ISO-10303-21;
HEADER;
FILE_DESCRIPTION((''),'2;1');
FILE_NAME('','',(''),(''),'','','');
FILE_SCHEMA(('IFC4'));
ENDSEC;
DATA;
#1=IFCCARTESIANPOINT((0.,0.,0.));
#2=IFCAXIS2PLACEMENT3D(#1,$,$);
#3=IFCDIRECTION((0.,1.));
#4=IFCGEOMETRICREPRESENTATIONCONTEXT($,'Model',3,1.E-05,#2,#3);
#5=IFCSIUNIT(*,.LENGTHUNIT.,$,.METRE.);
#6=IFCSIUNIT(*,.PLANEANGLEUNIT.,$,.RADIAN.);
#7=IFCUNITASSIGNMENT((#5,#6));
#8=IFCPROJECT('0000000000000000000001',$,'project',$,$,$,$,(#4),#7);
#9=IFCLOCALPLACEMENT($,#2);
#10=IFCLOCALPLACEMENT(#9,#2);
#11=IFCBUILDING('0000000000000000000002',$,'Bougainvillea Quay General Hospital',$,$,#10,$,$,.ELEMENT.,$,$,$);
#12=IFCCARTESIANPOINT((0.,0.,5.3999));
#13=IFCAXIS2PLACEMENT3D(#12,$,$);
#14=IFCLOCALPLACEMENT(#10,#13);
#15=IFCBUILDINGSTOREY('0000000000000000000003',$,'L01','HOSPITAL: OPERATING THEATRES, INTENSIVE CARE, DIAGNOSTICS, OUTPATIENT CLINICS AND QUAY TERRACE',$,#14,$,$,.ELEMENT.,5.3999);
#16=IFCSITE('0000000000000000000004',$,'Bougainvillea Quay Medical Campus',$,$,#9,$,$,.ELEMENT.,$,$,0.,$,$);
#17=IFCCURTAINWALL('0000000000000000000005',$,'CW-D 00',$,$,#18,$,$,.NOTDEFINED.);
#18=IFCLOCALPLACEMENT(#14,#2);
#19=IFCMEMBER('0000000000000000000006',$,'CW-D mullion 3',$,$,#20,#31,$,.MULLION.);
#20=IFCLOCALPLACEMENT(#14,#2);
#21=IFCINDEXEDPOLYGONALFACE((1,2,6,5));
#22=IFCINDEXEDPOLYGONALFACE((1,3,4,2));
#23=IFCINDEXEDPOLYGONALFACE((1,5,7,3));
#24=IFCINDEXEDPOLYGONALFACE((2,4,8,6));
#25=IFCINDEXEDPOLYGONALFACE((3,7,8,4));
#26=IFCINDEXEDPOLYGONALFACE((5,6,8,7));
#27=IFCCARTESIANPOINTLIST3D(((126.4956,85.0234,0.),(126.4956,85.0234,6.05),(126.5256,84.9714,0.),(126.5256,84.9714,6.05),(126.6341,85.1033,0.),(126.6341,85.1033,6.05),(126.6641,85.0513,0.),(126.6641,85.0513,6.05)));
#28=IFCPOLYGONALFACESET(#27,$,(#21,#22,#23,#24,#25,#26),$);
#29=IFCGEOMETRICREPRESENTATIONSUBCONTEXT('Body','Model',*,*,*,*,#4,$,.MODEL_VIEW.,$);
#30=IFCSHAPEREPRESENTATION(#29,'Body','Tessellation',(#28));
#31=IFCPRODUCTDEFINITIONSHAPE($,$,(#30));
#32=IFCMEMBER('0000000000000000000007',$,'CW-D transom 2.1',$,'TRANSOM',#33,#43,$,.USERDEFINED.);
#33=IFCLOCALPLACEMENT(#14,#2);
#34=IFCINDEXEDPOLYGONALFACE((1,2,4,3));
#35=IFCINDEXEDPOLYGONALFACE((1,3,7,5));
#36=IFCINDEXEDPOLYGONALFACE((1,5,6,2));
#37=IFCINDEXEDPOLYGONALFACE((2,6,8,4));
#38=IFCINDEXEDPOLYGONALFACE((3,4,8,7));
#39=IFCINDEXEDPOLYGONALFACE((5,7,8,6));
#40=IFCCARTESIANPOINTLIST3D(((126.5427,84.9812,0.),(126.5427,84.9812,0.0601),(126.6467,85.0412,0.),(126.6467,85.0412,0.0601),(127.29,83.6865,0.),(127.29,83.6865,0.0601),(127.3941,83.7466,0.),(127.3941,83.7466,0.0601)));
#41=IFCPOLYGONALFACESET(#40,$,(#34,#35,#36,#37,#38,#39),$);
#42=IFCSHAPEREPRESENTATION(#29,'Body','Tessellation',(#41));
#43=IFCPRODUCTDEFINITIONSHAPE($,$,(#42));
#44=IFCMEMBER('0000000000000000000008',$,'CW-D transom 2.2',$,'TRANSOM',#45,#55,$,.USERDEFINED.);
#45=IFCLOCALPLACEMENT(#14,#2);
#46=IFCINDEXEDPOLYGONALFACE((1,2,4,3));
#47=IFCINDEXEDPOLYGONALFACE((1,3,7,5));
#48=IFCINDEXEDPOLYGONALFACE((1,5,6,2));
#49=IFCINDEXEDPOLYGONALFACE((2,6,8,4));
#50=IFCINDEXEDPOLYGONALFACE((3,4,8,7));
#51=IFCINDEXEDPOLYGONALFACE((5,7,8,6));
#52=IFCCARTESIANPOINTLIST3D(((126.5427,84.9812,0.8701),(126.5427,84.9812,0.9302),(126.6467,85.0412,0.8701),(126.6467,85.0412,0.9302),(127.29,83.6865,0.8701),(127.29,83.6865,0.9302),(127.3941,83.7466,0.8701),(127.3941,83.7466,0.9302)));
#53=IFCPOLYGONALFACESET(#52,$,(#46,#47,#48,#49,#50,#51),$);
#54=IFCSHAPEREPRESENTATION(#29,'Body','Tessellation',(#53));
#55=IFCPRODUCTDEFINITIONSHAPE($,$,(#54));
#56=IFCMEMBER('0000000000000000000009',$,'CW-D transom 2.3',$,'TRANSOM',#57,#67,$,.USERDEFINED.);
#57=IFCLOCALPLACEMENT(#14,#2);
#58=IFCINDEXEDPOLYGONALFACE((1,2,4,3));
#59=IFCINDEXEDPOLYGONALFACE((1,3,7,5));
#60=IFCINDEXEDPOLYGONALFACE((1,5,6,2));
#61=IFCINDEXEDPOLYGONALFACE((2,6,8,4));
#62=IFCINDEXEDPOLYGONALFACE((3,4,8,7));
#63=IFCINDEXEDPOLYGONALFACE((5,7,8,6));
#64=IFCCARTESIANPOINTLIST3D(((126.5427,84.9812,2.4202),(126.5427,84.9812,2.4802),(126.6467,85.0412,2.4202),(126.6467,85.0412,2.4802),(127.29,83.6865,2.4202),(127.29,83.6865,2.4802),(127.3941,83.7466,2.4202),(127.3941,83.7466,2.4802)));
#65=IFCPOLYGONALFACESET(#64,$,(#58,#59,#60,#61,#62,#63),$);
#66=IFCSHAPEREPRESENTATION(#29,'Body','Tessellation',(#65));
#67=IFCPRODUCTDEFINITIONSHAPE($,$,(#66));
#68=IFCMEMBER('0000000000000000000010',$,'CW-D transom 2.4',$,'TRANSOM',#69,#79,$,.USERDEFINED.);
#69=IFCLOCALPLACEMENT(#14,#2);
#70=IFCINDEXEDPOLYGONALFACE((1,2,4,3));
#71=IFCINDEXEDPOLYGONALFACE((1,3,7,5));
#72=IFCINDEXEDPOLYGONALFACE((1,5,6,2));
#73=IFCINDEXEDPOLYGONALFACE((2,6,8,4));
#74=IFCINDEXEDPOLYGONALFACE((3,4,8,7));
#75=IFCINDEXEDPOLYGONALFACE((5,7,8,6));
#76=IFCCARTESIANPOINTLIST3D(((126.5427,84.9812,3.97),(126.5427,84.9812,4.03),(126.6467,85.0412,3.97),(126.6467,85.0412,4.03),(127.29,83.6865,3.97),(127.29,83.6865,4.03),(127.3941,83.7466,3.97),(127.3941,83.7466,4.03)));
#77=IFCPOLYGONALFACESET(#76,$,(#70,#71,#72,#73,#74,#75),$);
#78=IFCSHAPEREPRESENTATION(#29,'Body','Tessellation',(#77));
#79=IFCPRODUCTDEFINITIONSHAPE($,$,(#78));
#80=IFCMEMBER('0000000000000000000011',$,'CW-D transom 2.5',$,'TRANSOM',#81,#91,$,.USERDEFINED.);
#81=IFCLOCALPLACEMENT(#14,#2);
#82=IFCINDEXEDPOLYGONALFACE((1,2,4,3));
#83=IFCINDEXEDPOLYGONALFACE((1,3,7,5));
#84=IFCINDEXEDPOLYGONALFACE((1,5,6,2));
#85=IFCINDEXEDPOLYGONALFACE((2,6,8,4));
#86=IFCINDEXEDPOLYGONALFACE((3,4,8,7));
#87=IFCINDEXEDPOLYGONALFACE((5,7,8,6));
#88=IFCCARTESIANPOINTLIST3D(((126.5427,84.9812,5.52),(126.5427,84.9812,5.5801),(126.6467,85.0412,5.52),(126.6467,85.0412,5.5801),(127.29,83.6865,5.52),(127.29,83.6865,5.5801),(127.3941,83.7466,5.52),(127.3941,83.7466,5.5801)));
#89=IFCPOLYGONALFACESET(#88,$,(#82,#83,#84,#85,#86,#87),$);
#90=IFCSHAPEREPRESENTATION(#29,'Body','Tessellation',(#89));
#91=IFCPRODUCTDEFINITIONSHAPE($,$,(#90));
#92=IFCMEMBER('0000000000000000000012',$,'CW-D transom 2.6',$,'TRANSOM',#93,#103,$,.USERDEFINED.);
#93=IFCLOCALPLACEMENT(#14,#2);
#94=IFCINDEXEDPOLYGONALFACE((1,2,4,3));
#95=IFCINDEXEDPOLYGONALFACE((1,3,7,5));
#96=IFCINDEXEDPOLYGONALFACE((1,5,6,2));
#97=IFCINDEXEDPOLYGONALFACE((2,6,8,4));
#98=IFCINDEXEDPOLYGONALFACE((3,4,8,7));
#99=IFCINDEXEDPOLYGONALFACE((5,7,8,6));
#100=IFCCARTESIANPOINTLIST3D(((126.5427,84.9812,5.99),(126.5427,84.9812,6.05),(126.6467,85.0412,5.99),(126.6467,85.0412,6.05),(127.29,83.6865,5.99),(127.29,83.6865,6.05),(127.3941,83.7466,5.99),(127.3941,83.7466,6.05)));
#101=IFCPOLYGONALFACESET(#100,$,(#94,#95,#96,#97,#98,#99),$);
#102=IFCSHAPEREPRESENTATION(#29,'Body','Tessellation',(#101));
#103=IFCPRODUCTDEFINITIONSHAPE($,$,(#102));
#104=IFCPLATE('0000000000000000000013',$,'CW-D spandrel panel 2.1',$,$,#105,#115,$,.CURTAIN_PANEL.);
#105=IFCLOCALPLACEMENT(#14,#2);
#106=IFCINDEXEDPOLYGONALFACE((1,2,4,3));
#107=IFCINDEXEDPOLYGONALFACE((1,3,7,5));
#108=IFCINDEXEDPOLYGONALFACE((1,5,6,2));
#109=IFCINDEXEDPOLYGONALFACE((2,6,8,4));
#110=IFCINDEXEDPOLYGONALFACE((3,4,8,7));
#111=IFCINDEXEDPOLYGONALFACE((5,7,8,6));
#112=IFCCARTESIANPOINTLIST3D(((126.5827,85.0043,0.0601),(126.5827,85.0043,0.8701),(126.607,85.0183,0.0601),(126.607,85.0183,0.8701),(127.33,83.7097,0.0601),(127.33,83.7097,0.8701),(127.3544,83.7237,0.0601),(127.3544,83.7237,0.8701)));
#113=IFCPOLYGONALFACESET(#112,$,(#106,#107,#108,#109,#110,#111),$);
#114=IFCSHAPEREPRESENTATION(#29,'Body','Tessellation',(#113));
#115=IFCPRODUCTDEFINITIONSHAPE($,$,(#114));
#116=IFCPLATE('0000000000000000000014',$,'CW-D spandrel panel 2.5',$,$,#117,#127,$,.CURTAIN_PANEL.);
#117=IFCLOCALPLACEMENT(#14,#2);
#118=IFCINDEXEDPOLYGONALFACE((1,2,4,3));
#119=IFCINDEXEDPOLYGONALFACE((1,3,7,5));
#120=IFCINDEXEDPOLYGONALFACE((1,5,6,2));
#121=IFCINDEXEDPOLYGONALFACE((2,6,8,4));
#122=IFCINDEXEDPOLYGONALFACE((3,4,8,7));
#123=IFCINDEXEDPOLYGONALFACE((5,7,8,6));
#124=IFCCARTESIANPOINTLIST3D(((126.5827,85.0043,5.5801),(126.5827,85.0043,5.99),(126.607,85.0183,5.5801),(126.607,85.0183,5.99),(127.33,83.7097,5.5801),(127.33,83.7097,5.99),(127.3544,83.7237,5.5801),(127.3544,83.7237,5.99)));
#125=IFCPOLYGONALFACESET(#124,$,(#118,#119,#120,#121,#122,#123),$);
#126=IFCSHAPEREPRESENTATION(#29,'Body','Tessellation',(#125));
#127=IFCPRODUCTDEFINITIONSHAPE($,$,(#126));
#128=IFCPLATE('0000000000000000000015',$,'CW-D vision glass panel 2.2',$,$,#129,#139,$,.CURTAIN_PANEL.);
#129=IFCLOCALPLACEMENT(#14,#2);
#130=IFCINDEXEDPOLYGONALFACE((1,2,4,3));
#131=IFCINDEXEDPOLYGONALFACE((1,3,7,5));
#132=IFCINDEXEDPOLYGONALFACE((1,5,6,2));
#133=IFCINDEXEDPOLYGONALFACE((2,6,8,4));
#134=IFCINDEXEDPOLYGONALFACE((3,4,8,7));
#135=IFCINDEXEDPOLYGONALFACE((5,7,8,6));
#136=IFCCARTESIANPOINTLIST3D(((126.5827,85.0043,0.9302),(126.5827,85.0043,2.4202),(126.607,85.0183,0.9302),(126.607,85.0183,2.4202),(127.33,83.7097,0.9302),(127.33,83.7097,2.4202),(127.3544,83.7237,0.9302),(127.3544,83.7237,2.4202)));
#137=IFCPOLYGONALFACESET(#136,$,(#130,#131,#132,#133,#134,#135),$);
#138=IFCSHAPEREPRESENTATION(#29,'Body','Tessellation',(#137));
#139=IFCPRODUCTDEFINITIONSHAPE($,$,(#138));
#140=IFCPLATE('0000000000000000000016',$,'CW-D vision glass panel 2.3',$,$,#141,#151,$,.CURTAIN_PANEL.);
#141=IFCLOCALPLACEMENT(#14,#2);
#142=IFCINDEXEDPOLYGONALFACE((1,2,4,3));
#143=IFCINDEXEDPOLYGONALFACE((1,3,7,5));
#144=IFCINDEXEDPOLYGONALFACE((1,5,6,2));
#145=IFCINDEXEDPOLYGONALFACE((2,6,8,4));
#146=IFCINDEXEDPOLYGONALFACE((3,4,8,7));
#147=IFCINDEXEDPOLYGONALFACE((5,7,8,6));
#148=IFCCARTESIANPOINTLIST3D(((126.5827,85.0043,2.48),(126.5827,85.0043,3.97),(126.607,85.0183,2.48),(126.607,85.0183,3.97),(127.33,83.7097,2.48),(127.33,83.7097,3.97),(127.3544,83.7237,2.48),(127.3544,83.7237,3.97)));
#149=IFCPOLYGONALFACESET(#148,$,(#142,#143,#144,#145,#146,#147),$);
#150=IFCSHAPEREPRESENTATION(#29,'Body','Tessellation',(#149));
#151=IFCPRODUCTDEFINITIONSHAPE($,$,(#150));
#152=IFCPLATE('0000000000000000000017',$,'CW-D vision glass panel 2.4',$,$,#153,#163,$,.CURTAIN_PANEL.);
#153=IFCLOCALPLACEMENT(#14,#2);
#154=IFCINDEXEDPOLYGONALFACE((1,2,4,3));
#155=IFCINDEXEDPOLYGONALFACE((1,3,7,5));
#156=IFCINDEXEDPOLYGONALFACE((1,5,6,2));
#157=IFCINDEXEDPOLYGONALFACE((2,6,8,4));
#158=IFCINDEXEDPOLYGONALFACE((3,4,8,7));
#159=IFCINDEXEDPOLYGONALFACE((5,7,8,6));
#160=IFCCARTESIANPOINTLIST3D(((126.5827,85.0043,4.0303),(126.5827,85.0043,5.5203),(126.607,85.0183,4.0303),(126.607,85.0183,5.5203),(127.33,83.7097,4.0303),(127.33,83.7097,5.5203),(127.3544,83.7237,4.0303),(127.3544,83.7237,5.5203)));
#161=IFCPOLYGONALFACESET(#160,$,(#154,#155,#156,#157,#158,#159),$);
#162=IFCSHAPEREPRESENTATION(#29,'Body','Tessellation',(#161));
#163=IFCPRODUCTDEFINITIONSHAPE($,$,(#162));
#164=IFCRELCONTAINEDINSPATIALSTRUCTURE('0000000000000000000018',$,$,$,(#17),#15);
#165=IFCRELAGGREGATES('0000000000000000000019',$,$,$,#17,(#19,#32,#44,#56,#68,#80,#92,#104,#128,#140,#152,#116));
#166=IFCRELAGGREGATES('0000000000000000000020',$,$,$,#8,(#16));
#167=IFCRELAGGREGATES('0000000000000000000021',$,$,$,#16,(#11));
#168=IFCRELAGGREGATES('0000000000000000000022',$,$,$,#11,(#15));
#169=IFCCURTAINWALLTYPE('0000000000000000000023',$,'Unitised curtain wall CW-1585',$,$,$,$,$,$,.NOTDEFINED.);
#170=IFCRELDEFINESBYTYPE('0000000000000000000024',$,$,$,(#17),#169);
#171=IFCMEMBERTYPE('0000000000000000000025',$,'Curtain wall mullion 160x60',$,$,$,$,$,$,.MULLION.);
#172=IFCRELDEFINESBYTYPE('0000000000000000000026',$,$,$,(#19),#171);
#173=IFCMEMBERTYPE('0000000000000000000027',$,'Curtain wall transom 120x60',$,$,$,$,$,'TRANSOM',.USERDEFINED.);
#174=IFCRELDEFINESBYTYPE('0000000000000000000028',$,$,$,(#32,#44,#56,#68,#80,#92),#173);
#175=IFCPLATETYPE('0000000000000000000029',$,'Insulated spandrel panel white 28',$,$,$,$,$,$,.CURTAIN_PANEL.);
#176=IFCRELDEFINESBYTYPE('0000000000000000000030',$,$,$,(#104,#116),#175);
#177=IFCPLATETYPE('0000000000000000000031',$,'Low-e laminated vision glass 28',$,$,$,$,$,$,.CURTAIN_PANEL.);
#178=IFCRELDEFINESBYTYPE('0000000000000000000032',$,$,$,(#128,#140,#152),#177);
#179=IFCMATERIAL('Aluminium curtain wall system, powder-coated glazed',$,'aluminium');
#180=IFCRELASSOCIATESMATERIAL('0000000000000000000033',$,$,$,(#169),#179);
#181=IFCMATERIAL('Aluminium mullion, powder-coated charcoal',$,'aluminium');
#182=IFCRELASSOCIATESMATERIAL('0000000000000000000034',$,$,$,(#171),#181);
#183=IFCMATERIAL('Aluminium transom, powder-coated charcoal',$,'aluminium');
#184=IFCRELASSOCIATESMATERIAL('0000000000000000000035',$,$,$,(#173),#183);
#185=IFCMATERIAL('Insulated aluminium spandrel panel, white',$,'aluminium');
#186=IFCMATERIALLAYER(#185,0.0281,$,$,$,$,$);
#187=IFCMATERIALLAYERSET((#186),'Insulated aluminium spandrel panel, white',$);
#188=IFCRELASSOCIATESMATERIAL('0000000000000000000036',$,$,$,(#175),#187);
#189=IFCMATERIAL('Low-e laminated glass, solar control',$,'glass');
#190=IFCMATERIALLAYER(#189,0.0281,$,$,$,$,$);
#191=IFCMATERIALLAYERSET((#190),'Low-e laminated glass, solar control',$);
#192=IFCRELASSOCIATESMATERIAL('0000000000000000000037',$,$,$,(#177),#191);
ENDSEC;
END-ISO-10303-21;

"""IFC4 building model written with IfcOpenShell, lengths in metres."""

from ifc_helpers import new_model, si_unit, direction, frame, origin, origin_2d, place, context, subcontext, project, spatial, rectangle, extrude, material, layer, layer_set, material_profile, profile_set, type_object, element, aggregate, save


model = new_model("IFC4")

# Units and contexts
model_context = context("Model", 3, precision=1e-05, world=origin(), true_north=direction((0.0, 1.0)))
body_context = subcontext(model_context, "Body", "Model", "MODEL_VIEW")
ifc_project = project(units=[si_unit("LENGTHUNIT", "METRE"), si_unit("PLANEANGLEUNIT", "RADIAN")], contexts=[model_context])

# Site, building, storey
site_placement = place(None, origin())
site = spatial("IfcSite", under=ifc_project, at=site_placement, Name="Bougainvillea Quay Medical Campus", CompositionType="ELEMENT", RefElevation=0.0)
building_placement = place(site_placement, origin())
building = spatial("IfcBuilding", under=site, at=building_placement, Name="Bougainvillea Quay General Hospital", CompositionType="ELEMENT")
storey_placement = place(building_placement, frame((0.0, 0.0, 5.3999)))
storey = spatial("IfcBuildingStorey", under=building, at=storey_placement, Name="L01", Description="HOSPITAL: OPERATING THEATRES, INTENSIVE CARE, DIAGNOSTICS, OUTPATIENT CLINICS AND QUAY TERRACE", CompositionType="ELEMENT", Elevation=5.3999)

# Curtain wall, members, plates
ifc_material_1 = material(Name="Aluminium curtain wall system, powder-coated glazed", Category="aluminium")
curtain_wall_type = type_object("IfcCurtainWallType", Name="Unitised curtain wall CW-1585", PredefinedType="NOTDEFINED", material=ifc_material_1)
curtain_wall_placement = place(storey_placement, origin())
curtain_wall = element("IfcCurtainWall", 1, at=curtain_wall_placement, inside=storey, type_object=curtain_wall_type, Name="CW-D 00", PredefinedType="NOTDEFINED")
ifc_material_2 = material(Name="Aluminium mullion, powder-coated charcoal", Category="aluminium")
ifc_material_profile_1 = material_profile(ifc_material_2, rectangle(XDim=0.1599, YDim=0.0601, at=origin_2d()))
ifc_profile_set_1 = profile_set([ifc_material_profile_1], Name="Aluminium mullion, powder-coated charcoal")
member_type_1 = type_object("IfcMemberType", Name="Curtain wall mullion 160x60", PredefinedType="MULLION", material=ifc_profile_set_1)
member_1_placement = place(storey_placement, frame((126.5798, 85.0374, 0.0), z_axis=(0.0, 0.0, 1.0), x_axis=(-0.866046, -0.499965, 0.0)))
member_1 = element("IfcMember", 2, at=member_1_placement, type_object=member_type_1, Name="CW-D mullion 3", PredefinedType="MULLION", context=body_context, shape_type="SweptSolid", body=[
    extrude(rectangle(XDim=0.1599, YDim=0.0601, at=origin_2d()), origin(), (0.0, 0.0, 1.0), 6.05),
])
ifc_material_3 = material(Name="Aluminium transom, powder-coated charcoal", Category="aluminium")
ifc_material_profile_2 = material_profile(ifc_material_3, rectangle(XDim=0.1201, YDim=0.0601, at=origin_2d()))
ifc_profile_set_2 = profile_set([ifc_material_profile_2], Name="Aluminium transom, powder-coated charcoal")
member_type_2 = type_object("IfcMemberType", Name="Curtain wall transom 120x60", ElementType="TRANSOM", PredefinedType="USERDEFINED", material=ifc_profile_set_2)
member_2_placement = place(storey_placement, frame((127.342, 83.7166, 0.03), z_axis=(-0.499916, 0.866074, 0.0), x_axis=(-0.866074, -0.499916, 0.0)))
member_2 = element("IfcMember", 3, at=member_2_placement, type_object=member_type_2, Name="CW-D transom 2.1", ObjectType="TRANSOM", PredefinedType="USERDEFINED", context=body_context, shape_type="SweptSolid", body=[
    extrude(rectangle(XDim=0.1201, YDim=0.0601, at=origin_2d()), origin(), (0.0, 0.0, 1.0), 1.4949),
])
member_3_placement = place(storey_placement, frame((127.342, 83.7166, 0.9001), z_axis=(-0.499916, 0.866074, 0.0), x_axis=(-0.866074, -0.499916, 0.0)))
member_3 = element("IfcMember", 4, at=member_3_placement, type_object=member_type_2, Name="CW-D transom 2.2", ObjectType="TRANSOM", PredefinedType="USERDEFINED", context=body_context, shape_type="SweptSolid", body=[
    extrude(rectangle(XDim=0.1201, YDim=0.0601, at=origin_2d()), origin(), (0.0, 0.0, 1.0), 1.4949),
])
member_4_placement = place(storey_placement, frame((127.342, 83.7166, 2.4502), z_axis=(-0.499916, 0.866074, 0.0), x_axis=(-0.866074, -0.499916, 0.0)))
member_4 = element("IfcMember", 5, at=member_4_placement, type_object=member_type_2, Name="CW-D transom 2.3", ObjectType="TRANSOM", PredefinedType="USERDEFINED", context=body_context, shape_type="SweptSolid", body=[
    extrude(rectangle(XDim=0.1201, YDim=0.0601, at=origin_2d()), origin(), (0.0, 0.0, 1.0), 1.4949),
])
member_5_placement = place(storey_placement, frame((127.342, 83.7166, 4.0), z_axis=(-0.499916, 0.866074, 0.0), x_axis=(-0.866074, -0.499916, 0.0)))
member_5 = element("IfcMember", 6, at=member_5_placement, type_object=member_type_2, Name="CW-D transom 2.4", ObjectType="TRANSOM", PredefinedType="USERDEFINED", context=body_context, shape_type="SweptSolid", body=[
    extrude(rectangle(XDim=0.1201, YDim=0.0601, at=origin_2d()), origin(), (0.0, 0.0, 1.0), 1.4949),
])
member_6_placement = place(storey_placement, frame((127.342, 83.7166, 5.55), z_axis=(-0.499916, 0.866074, 0.0), x_axis=(-0.866074, -0.499916, 0.0)))
member_6 = element("IfcMember", 7, at=member_6_placement, type_object=member_type_2, Name="CW-D transom 2.5", ObjectType="TRANSOM", PredefinedType="USERDEFINED", context=body_context, shape_type="SweptSolid", body=[
    extrude(rectangle(XDim=0.1201, YDim=0.0601, at=origin_2d()), origin(), (0.0, 0.0, 1.0), 1.4949),
])
member_7_placement = place(storey_placement, frame((127.342, 83.7166, 6.02), z_axis=(-0.499916, 0.866074, 0.0), x_axis=(-0.866074, -0.499916, 0.0)))
member_7 = element("IfcMember", 8, at=member_7_placement, type_object=member_type_2, Name="CW-D transom 2.6", ObjectType="TRANSOM", PredefinedType="USERDEFINED", context=body_context, shape_type="SweptSolid", body=[
    extrude(rectangle(XDim=0.1201, YDim=0.0601, at=origin_2d()), origin(), (0.0, 0.0, 1.0), 1.4949),
])
ifc_material_4 = material(Name="Insulated aluminium spandrel panel, white", Category="aluminium")
ifc_layer_1 = layer(ifc_material_4, 0.0281)
ifc_layer_set_1 = layer_set([ifc_layer_1], Name="Insulated aluminium spandrel panel, white")
plate_type_1 = type_object("IfcPlateType", Name="Insulated spandrel panel white 28", PredefinedType="CURTAIN_PANEL", material=ifc_layer_set_1)
plate_1_placement = place(storey_placement, frame((126.9685, 84.364, 0.0601), z_axis=(0.0, 0.0, 1.0), x_axis=(-0.499965, 0.866046, 0.0)))
plate_1 = element("IfcPlate", 9, at=plate_1_placement, type_object=plate_type_1, Name="CW-D spandrel panel 2.1", PredefinedType="CURTAIN_PANEL", context=body_context, shape_type="SweptSolid", body=[
    extrude(rectangle(XDim=1.4949, YDim=0.0281, at=origin_2d()), origin(), (0.0, 0.0, 1.0), 0.8101),
])
plate_2_placement = place(storey_placement, frame((126.9685, 84.364, 5.5801), z_axis=(0.0, 0.0, 1.0), x_axis=(-0.499965, 0.866046, 0.0)))
plate_2 = element("IfcPlate", 10, at=plate_2_placement, type_object=plate_type_1, Name="CW-D spandrel panel 2.5", PredefinedType="CURTAIN_PANEL", context=body_context, shape_type="SweptSolid", body=[
    extrude(rectangle(XDim=1.4949, YDim=0.0281, at=origin_2d()), origin(), (0.0, 0.0, 1.0), 0.4099),
])
ifc_material_5 = material(Name="Low-e laminated glass, solar control", Category="glass")
ifc_layer_2 = layer(ifc_material_5, 0.0281)
ifc_layer_set_2 = layer_set([ifc_layer_2], Name="Low-e laminated glass, solar control")
plate_type_2 = type_object("IfcPlateType", Name="Low-e laminated vision glass 28", PredefinedType="CURTAIN_PANEL", material=ifc_layer_set_2)
plate_3_placement = place(storey_placement, frame((126.9685, 84.364, 0.9302), z_axis=(0.0, 0.0, 1.0), x_axis=(-0.499965, 0.866046, 0.0)))
plate_3 = element("IfcPlate", 11, at=plate_3_placement, type_object=plate_type_2, Name="CW-D vision glass panel 2.2", PredefinedType="CURTAIN_PANEL", context=body_context, shape_type="SweptSolid", body=[
    extrude(rectangle(XDim=1.4949, YDim=0.0281, at=origin_2d()), origin(), (0.0, 0.0, 1.0), 1.49),
])
plate_4_placement = place(storey_placement, frame((126.9685, 84.364, 2.48), z_axis=(0.0, 0.0, 1.0), x_axis=(-0.499965, 0.866046, 0.0)))
plate_4 = element("IfcPlate", 12, at=plate_4_placement, type_object=plate_type_2, Name="CW-D vision glass panel 2.3", PredefinedType="CURTAIN_PANEL", context=body_context, shape_type="SweptSolid", body=[
    extrude(rectangle(XDim=1.4949, YDim=0.0281, at=origin_2d()), origin(), (0.0, 0.0, 1.0), 1.49),
])
plate_5_placement = place(storey_placement, frame((126.9685, 84.364, 4.0303), z_axis=(0.0, 0.0, 1.0), x_axis=(-0.499965, 0.866046, 0.0)))
plate_5 = element("IfcPlate", 13, at=plate_5_placement, type_object=plate_type_2, Name="CW-D vision glass panel 2.4", PredefinedType="CURTAIN_PANEL", context=body_context, shape_type="SweptSolid", body=[
    extrude(rectangle(XDim=1.4949, YDim=0.0281, at=origin_2d()), origin(), (0.0, 0.0, 1.0), 1.49),
])
aggregate(curtain_wall, [member_1, member_2, member_3, member_4, member_5, member_6, member_7, plate_1, plate_3, plate_4, plate_5, plate_2])

save(model, "model.ifc")
